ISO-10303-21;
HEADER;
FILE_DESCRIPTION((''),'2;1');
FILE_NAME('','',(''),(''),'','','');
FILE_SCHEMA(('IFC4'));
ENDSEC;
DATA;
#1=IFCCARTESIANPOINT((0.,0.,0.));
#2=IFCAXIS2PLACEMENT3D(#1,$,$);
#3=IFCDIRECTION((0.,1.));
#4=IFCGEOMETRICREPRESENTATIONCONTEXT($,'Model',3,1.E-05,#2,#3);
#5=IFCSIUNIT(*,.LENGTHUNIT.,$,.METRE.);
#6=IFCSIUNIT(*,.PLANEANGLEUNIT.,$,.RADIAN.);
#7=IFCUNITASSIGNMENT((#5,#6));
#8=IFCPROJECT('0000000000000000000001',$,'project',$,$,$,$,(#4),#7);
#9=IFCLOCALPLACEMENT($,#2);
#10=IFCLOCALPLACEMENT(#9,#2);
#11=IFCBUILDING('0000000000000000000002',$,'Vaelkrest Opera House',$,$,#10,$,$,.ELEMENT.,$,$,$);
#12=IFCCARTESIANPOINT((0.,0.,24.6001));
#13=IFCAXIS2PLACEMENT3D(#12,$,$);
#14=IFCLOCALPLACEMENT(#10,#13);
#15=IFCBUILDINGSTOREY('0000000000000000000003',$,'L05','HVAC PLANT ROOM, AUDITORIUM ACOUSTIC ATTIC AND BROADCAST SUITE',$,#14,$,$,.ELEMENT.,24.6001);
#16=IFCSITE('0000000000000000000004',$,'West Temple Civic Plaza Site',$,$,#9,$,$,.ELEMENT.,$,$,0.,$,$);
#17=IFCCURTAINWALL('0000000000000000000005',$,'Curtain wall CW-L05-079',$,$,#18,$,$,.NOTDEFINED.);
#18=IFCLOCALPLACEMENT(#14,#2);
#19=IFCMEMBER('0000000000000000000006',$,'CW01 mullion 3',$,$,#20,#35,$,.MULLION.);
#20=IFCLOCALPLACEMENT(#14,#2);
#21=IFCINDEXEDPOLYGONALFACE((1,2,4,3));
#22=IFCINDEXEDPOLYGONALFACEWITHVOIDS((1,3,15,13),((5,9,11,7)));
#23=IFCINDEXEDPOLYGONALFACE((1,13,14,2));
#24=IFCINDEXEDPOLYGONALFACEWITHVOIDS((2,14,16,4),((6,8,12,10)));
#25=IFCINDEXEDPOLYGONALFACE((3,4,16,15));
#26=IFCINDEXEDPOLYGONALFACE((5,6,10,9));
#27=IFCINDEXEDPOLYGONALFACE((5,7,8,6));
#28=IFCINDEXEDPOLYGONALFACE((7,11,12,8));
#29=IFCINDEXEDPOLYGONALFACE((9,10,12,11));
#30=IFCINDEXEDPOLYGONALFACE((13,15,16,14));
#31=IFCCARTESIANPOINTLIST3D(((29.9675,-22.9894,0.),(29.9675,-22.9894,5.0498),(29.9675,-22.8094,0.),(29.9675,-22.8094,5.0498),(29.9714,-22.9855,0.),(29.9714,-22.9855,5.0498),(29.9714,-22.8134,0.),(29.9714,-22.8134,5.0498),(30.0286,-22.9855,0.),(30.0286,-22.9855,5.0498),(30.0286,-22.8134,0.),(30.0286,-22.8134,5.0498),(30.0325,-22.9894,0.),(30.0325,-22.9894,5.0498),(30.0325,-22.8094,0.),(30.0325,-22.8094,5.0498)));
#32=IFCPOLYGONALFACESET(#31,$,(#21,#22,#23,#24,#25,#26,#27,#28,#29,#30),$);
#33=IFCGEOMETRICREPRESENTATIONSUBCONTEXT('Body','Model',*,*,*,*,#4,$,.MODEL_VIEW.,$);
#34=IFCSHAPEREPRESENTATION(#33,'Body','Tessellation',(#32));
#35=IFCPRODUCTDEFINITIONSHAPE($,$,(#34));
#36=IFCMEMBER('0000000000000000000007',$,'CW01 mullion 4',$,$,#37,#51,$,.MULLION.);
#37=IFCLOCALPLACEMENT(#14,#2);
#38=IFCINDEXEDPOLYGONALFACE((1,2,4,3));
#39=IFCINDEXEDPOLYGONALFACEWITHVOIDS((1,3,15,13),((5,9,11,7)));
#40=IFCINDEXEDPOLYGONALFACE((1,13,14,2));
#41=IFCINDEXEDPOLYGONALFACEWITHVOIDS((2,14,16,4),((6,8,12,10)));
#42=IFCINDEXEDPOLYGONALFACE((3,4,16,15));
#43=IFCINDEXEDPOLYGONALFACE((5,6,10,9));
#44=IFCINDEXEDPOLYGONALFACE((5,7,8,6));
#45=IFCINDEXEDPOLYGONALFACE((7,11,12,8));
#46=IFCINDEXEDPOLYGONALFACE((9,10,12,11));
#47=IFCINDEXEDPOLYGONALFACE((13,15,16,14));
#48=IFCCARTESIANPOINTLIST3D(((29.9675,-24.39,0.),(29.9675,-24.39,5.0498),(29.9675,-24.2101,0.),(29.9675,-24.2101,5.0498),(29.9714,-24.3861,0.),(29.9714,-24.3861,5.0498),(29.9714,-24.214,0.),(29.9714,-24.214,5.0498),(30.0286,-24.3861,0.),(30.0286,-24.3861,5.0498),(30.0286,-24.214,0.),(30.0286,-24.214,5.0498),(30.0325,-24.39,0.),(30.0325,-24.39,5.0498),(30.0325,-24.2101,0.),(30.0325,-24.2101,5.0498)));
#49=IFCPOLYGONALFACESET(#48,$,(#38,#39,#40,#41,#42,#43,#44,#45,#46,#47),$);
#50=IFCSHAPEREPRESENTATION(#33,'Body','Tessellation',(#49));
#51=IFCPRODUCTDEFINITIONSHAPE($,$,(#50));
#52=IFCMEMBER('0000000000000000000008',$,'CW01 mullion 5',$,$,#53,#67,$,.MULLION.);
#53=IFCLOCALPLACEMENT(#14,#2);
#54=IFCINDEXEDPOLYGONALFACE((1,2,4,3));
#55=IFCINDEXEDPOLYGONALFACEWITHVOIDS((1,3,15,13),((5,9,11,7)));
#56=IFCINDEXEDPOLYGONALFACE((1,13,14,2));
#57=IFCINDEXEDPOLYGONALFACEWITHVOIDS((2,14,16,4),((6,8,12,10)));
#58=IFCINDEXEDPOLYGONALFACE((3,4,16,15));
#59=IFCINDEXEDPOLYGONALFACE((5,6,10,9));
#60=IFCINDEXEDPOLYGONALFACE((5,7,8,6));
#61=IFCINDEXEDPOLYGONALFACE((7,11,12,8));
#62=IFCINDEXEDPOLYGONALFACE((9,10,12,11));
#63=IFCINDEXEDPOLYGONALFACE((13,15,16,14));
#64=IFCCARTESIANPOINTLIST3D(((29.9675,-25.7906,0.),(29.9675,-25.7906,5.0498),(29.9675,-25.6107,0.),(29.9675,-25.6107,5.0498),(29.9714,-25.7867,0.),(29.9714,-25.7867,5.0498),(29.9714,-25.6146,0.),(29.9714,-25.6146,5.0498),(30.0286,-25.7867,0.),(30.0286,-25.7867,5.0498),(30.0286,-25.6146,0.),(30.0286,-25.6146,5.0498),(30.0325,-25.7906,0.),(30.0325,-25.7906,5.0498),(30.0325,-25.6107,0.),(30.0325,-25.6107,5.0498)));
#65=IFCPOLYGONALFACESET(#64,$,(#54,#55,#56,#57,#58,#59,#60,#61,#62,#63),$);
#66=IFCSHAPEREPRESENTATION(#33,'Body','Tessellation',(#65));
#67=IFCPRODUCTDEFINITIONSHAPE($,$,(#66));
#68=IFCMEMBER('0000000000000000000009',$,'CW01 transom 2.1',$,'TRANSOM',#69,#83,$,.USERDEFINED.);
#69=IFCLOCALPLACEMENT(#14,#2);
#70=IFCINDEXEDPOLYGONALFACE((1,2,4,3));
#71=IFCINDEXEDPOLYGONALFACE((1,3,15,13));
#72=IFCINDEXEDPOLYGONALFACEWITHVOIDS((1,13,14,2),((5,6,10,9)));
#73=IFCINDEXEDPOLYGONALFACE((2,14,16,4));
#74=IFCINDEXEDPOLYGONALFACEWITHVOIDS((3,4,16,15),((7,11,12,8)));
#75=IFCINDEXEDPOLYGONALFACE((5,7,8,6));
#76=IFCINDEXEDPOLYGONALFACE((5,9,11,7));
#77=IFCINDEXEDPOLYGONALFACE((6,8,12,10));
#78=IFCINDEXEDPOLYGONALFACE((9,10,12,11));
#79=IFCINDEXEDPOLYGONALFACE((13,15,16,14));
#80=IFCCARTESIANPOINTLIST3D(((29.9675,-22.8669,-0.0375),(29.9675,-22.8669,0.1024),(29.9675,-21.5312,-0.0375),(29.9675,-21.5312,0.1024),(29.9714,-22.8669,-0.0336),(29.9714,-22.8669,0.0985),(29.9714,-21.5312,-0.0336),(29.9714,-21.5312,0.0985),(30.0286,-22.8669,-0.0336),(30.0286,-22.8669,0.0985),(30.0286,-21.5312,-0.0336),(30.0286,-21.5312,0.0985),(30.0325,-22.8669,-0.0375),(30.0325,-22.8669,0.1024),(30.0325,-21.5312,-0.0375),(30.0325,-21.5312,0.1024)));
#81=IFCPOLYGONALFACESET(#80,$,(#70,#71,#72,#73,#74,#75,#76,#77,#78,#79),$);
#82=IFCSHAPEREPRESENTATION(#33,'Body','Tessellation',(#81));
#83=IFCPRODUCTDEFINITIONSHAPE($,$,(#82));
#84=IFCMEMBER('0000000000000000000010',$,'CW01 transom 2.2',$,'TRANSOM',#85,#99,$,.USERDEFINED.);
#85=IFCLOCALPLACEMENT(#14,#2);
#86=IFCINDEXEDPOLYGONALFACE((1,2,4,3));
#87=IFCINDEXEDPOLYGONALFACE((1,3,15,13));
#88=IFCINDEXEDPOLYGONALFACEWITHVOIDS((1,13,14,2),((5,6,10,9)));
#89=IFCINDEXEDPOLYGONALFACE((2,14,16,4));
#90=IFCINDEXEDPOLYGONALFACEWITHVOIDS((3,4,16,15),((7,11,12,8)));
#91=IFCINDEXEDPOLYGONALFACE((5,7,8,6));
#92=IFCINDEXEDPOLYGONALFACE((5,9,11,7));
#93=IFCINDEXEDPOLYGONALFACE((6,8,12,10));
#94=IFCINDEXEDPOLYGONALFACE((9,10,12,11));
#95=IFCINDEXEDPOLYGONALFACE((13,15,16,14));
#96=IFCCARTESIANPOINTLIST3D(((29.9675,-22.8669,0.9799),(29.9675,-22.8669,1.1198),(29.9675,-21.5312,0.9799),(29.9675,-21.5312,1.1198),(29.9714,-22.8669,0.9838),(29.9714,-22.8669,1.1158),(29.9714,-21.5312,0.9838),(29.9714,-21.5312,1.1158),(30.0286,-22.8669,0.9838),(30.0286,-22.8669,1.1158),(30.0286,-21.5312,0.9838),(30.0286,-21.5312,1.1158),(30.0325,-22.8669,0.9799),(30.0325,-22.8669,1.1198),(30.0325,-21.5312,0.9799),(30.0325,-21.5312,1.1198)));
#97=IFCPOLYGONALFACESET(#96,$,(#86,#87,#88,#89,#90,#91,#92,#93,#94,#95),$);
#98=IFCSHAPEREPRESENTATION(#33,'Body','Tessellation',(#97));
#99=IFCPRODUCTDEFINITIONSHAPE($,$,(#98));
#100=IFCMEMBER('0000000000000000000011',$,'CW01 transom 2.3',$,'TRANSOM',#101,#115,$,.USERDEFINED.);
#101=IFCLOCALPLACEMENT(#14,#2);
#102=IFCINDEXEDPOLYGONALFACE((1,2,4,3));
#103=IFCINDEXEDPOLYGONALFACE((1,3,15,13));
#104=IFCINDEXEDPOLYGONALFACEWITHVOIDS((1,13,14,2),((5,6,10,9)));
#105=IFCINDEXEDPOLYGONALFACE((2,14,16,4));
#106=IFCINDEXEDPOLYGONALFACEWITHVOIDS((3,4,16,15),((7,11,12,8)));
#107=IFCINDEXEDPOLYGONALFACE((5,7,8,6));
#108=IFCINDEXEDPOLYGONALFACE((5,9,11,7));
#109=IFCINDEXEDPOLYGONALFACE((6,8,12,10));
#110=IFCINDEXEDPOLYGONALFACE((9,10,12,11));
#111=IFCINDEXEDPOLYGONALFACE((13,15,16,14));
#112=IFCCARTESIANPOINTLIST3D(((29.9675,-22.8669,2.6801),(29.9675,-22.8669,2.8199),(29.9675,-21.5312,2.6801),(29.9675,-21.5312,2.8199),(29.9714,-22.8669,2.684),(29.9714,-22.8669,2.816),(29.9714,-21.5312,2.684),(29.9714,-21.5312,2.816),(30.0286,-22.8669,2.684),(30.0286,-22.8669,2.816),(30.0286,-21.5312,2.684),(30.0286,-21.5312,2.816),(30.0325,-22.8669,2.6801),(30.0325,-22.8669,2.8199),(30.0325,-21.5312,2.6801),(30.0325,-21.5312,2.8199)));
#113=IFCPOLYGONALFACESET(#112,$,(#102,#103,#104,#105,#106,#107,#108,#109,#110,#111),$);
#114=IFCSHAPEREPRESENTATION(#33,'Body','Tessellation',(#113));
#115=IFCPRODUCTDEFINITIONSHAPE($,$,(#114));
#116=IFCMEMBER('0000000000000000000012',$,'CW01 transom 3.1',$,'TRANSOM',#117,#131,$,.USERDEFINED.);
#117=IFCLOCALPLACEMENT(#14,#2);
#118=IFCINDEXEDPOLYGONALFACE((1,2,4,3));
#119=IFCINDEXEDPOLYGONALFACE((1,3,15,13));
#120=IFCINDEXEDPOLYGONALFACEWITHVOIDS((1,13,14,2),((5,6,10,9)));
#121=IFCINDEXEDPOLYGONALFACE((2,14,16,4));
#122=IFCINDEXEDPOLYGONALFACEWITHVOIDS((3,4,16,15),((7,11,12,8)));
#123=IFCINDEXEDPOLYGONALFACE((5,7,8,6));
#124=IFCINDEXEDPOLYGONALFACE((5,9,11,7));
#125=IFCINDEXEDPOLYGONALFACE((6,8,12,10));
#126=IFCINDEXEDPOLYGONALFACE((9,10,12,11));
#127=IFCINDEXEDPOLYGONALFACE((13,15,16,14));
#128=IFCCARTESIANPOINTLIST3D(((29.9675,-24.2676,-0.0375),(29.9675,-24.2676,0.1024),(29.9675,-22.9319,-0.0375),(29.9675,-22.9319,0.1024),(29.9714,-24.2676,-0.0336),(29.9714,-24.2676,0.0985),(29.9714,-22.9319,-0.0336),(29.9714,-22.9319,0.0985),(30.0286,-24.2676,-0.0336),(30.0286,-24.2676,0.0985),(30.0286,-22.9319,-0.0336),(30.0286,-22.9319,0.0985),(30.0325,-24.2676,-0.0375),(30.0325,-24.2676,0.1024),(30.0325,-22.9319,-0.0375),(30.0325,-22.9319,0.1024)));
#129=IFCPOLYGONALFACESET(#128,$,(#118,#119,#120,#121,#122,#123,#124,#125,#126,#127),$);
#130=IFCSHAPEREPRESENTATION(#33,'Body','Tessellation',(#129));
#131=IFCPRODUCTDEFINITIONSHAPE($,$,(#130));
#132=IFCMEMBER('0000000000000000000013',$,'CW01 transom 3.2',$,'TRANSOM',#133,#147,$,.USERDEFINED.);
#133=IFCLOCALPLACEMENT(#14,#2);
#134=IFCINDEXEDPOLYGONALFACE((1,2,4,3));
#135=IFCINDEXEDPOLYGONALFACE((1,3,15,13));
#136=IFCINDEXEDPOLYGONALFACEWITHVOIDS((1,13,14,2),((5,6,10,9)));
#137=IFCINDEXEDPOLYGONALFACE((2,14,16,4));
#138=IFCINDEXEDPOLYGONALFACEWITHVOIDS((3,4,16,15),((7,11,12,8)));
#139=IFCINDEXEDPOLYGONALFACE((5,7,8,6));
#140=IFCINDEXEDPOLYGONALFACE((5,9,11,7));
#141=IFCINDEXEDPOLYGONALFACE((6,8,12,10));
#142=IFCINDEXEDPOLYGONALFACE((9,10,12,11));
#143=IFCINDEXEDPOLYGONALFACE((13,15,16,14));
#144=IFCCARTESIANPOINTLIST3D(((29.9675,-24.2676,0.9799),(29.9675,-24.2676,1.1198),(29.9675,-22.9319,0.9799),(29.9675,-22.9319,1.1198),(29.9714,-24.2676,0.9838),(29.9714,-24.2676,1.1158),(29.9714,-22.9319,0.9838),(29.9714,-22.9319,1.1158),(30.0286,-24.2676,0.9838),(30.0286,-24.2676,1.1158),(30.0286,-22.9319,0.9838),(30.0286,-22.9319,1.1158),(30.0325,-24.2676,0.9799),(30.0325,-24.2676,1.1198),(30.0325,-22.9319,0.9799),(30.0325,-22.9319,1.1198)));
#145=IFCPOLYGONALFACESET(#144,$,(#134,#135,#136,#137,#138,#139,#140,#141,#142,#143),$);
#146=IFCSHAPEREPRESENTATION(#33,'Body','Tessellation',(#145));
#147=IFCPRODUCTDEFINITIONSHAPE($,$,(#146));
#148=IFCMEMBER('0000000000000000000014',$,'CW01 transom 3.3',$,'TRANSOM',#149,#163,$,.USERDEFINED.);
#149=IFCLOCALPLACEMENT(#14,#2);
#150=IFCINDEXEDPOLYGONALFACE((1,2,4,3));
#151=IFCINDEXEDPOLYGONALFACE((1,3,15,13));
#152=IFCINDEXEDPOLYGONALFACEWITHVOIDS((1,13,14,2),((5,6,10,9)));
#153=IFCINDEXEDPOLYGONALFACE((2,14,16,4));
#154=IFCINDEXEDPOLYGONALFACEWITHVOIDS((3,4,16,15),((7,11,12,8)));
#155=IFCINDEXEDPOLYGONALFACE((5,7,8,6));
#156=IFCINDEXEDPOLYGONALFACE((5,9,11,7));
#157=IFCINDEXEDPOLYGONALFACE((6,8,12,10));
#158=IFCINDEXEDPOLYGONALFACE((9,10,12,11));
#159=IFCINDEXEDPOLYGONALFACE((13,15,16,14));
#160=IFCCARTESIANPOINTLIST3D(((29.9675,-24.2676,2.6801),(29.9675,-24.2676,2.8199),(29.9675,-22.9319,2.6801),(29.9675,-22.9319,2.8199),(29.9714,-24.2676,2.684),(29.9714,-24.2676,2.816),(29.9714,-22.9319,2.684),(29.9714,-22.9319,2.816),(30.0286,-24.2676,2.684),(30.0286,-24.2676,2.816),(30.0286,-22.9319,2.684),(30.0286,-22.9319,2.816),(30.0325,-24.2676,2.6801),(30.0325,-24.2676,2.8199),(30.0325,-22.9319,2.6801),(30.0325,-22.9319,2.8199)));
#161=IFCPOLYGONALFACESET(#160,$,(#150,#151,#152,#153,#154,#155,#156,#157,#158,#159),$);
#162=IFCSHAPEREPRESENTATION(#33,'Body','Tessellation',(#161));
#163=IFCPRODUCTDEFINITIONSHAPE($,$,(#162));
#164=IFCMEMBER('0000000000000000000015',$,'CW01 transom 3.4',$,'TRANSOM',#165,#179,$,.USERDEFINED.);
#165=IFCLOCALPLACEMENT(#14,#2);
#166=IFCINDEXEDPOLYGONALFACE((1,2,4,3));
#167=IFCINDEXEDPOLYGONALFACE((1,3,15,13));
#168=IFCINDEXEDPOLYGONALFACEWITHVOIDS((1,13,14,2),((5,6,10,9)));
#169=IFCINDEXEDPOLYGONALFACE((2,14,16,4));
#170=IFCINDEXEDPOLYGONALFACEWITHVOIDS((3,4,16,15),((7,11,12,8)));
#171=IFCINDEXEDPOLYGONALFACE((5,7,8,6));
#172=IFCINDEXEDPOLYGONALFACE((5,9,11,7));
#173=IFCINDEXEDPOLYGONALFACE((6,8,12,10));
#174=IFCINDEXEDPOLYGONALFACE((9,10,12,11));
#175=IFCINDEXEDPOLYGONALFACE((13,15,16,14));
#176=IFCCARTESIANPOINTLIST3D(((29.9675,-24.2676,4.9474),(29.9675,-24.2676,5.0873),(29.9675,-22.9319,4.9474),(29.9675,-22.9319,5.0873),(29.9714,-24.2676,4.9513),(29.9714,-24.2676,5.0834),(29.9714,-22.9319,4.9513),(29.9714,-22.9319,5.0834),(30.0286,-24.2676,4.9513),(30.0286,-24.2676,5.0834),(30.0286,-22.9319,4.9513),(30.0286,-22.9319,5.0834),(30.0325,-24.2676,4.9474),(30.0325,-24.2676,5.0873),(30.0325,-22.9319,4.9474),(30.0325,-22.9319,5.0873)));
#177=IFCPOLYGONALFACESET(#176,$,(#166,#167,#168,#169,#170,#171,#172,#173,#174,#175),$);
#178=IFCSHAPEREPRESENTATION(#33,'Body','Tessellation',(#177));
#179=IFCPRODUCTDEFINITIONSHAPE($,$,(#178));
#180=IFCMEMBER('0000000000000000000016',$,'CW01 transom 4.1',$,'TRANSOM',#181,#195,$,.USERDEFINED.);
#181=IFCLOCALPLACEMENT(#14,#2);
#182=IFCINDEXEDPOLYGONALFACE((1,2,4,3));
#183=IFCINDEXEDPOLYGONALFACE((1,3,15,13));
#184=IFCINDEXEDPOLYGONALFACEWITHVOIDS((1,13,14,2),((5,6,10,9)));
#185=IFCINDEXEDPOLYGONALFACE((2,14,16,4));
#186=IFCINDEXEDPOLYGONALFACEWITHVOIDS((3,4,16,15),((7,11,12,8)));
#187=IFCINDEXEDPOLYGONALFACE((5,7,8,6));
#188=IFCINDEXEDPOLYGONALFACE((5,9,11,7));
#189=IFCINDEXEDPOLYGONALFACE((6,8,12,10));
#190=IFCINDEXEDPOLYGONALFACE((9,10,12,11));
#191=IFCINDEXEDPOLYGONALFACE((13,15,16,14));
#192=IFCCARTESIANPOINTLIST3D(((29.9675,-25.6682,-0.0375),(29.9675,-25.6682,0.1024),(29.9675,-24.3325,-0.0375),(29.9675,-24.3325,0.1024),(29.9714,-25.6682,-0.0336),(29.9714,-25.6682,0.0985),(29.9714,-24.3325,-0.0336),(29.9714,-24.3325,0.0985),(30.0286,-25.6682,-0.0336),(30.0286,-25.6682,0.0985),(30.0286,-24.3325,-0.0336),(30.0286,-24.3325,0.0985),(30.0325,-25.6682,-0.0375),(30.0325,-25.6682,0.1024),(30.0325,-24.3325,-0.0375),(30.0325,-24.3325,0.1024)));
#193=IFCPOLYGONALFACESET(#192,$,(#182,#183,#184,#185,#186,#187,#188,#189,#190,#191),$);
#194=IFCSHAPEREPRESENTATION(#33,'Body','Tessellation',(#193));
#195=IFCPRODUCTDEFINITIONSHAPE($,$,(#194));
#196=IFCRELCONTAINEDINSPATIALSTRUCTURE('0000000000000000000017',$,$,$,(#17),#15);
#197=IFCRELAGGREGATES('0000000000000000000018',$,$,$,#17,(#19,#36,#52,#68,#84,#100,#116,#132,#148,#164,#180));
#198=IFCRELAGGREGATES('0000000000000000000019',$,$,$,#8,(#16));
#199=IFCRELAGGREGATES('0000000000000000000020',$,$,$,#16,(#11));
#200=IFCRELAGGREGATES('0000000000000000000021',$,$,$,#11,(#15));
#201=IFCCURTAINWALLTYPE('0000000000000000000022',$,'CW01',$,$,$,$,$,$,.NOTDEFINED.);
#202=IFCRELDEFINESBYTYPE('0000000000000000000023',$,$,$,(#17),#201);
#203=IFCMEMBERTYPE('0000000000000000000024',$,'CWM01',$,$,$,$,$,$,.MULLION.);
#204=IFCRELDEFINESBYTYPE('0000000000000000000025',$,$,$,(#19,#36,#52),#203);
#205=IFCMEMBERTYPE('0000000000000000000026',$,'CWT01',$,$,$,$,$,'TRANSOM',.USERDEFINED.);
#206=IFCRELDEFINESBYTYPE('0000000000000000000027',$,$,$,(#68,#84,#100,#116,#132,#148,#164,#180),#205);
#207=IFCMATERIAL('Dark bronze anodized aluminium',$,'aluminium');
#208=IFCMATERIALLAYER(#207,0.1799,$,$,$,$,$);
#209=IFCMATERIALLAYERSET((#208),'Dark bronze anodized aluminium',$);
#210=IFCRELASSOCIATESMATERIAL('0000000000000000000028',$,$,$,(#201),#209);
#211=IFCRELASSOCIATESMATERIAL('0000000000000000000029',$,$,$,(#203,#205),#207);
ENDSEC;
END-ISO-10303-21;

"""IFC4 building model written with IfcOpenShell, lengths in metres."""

from ifc_helpers import new_model, si_unit, direction, frame, origin, origin_2d, place, context, subcontext, project, spatial, hollow_rectangle, extrude, material, layer, layer_set, material_profile, profile_set, type_object, element, aggregate, save


model = new_model("IFC4")

# Units and contexts
model_context = context("Model", 3, precision=1e-05, world=origin(), true_north=direction((0.0, 1.0)))
body_context = subcontext(model_context, "Body", "Model", "MODEL_VIEW")
ifc_project = project(units=[si_unit("LENGTHUNIT", "METRE"), si_unit("PLANEANGLEUNIT", "RADIAN")], contexts=[model_context])

# Site, building, storey
site_placement = place(None, origin())
site = spatial("IfcSite", under=ifc_project, at=site_placement, Name="West Temple Civic Plaza Site", CompositionType="ELEMENT", RefElevation=0.0)
building_placement = place(site_placement, origin())
building = spatial("IfcBuilding", under=site, at=building_placement, Name="Vaelkrest Opera House", CompositionType="ELEMENT")
storey_placement = place(building_placement, frame((0.0, 0.0, 24.6001)))
storey = spatial("IfcBuildingStorey", under=building, at=storey_placement, Name="L05", Description="HVAC PLANT ROOM, AUDITORIUM ACOUSTIC ATTIC AND BROADCAST SUITE", CompositionType="ELEMENT", Elevation=24.6001)

# Curtain wall, members
ifc_material_1 = material(Name="Dark bronze anodized aluminium", Category="aluminium")
ifc_layer_1 = layer(ifc_material_1, 0.1799)
ifc_layer_set_1 = layer_set([ifc_layer_1], Name="Dark bronze anodized aluminium")
curtain_wall_type = type_object("IfcCurtainWallType", Name="CW01", PredefinedType="NOTDEFINED", material=ifc_layer_set_1)
curtain_wall_placement = place(storey_placement, origin())
curtain_wall = element("IfcCurtainWall", 1, at=curtain_wall_placement, inside=storey, type_object=curtain_wall_type, Name="Curtain wall CW-L05-079", PredefinedType="NOTDEFINED")
ifc_material_profile_1 = material_profile(ifc_material_1, hollow_rectangle(XDim=0.0649, YDim=0.1799, WallThickness=0.0039, at=origin_2d()), Name="CWM65X180")
ifc_profile_set_1 = profile_set([ifc_material_profile_1], Name="Dark bronze anodized aluminium")
member_type_1 = type_object("IfcMemberType", Name="CWM01", PredefinedType="MULLION", material=ifc_profile_set_1)
member_1_placement = place(storey_placement, frame((30.0, -22.8994, 0.0), z_axis=(0.0, 0.0, 1.0), x_axis=(1.0, 0.0, 0.0)))
member_1 = element("IfcMember", 2, at=member_1_placement, type_object=member_type_1, Name="CW01 mullion 3", PredefinedType="MULLION", context=body_context, shape_type="SweptSolid", body=[
    extrude(hollow_rectangle(XDim=0.0649, YDim=0.1799, WallThickness=0.0039, at=origin_2d()), origin(), (0.0, 0.0, 1.0), 5.0498),
])
member_2_placement = place(storey_placement, frame((30.0, -24.3, 0.0), z_axis=(0.0, 0.0, 1.0), x_axis=(1.0, 0.0, 0.0)))
member_2 = element("IfcMember", 3, at=member_2_placement, type_object=member_type_1, Name="CW01 mullion 4", PredefinedType="MULLION", context=body_context, shape_type="SweptSolid", body=[
    extrude(hollow_rectangle(XDim=0.0649, YDim=0.1799, WallThickness=0.0039, at=origin_2d()), origin(), (0.0, 0.0, 1.0), 5.0498),
])
member_3_placement = place(storey_placement, frame((30.0, -25.7007, 0.0), z_axis=(0.0, 0.0, 1.0), x_axis=(1.0, 0.0, 0.0)))
member_3 = element("IfcMember", 4, at=member_3_placement, type_object=member_type_1, Name="CW01 mullion 5", PredefinedType="MULLION", context=body_context, shape_type="SweptSolid", body=[
    extrude(hollow_rectangle(XDim=0.0649, YDim=0.1799, WallThickness=0.0039, at=origin_2d()), origin(), (0.0, 0.0, 1.0), 5.0498),
])
ifc_material_profile_2 = material_profile(ifc_material_1, hollow_rectangle(XDim=0.0649, YDim=0.1399, WallThickness=0.0039, at=origin_2d()), Name="CWT65X140")
ifc_profile_set_2 = profile_set([ifc_material_profile_2], Name="Dark bronze anodized aluminium")
member_type_2 = type_object("IfcMemberType", Name="CWT01", ElementType="TRANSOM", PredefinedType="USERDEFINED", material=ifc_profile_set_2)
member_4_placement = place(storey_placement, frame((30.0, -21.5312, 0.0325), z_axis=(0.0, -1.0, 0.0), x_axis=(1.0, 0.0, 0.0)))
member_4 = element("IfcMember", 5, at=member_4_placement, type_object=member_type_2, Name="CW01 transom 2.1", ObjectType="TRANSOM", PredefinedType="USERDEFINED", context=body_context, shape_type="SweptSolid", body=[
    extrude(hollow_rectangle(XDim=0.0649, YDim=0.1399, WallThickness=0.0039, at=origin_2d()), origin(), (0.0, 0.0, 1.0), 1.3357),
])
member_5_placement = place(storey_placement, frame((30.0, -21.5312, 1.0498), z_axis=(0.0, -1.0, 0.0), x_axis=(1.0, 0.0, 0.0)))
member_5 = element("IfcMember", 6, at=member_5_placement, type_object=member_type_2, Name="CW01 transom 2.2", ObjectType="TRANSOM", PredefinedType="USERDEFINED", context=body_context, shape_type="SweptSolid", body=[
    extrude(hollow_rectangle(XDim=0.0649, YDim=0.1399, WallThickness=0.0039, at=origin_2d()), origin(), (0.0, 0.0, 1.0), 1.3357),
])
member_6_placement = place(storey_placement, frame((30.0, -21.5312, 2.75), z_axis=(0.0, -1.0, 0.0), x_axis=(1.0, 0.0, 0.0)))
member_6 = element("IfcMember", 7, at=member_6_placement, type_object=member_type_2, Name="CW01 transom 2.3", ObjectType="TRANSOM", PredefinedType="USERDEFINED", context=body_context, shape_type="SweptSolid", body=[
    extrude(hollow_rectangle(XDim=0.0649, YDim=0.1399, WallThickness=0.0039, at=origin_2d()), origin(), (0.0, 0.0, 1.0), 1.3357),
])
member_7_placement = place(storey_placement, frame((30.0, -22.9319, 0.0325), z_axis=(0.0, -1.0, 0.0), x_axis=(1.0, 0.0, 0.0)))
member_7 = element("IfcMember", 8, at=member_7_placement, type_object=member_type_2, Name="CW01 transom 3.1", ObjectType="TRANSOM", PredefinedType="USERDEFINED", context=body_context, shape_type="SweptSolid", body=[
    extrude(hollow_rectangle(XDim=0.0649, YDim=0.1399, WallThickness=0.0039, at=origin_2d()), origin(), (0.0, 0.0, 1.0), 1.3357),
])
member_8_placement = place(storey_placement, frame((30.0, -22.9319, 1.0498), z_axis=(0.0, -1.0, 0.0), x_axis=(1.0, 0.0, 0.0)))
member_8 = element("IfcMember", 9, at=member_8_placement, type_object=member_type_2, Name="CW01 transom 3.2", ObjectType="TRANSOM", PredefinedType="USERDEFINED", context=body_context, shape_type="SweptSolid", body=[
    extrude(hollow_rectangle(XDim=0.0649, YDim=0.1399, WallThickness=0.0039, at=origin_2d()), origin(), (0.0, 0.0, 1.0), 1.3357),
])
member_9_placement = place(storey_placement, frame((30.0, -22.9319, 2.75), z_axis=(0.0, -1.0, 0.0), x_axis=(1.0, 0.0, 0.0)))
member_9 = element("IfcMember", 10, at=member_9_placement, type_object=member_type_2, Name="CW01 transom 3.3", ObjectType="TRANSOM", PredefinedType="USERDEFINED", context=body_context, shape_type="SweptSolid", body=[
    extrude(hollow_rectangle(XDim=0.0649, YDim=0.1399, WallThickness=0.0039, at=origin_2d()), origin(), (0.0, 0.0, 1.0), 1.3357),
])
member_10_placement = place(storey_placement, frame((30.0, -22.9319, 5.0173), z_axis=(0.0, -1.0, 0.0), x_axis=(1.0, 0.0, 0.0)))
member_10 = element("IfcMember", 11, at=member_10_placement, type_object=member_type_2, Name="CW01 transom 3.4", ObjectType="TRANSOM", PredefinedType="USERDEFINED", context=body_context, shape_type="SweptSolid", body=[
    extrude(hollow_rectangle(XDim=0.0649, YDim=0.1399, WallThickness=0.0039, at=origin_2d()), origin(), (0.0, 0.0, 1.0), 1.3357),
])
member_11_placement = place(storey_placement, frame((30.0, -24.3325, 0.0325), z_axis=(0.0, -1.0, 0.0), x_axis=(1.0, 0.0, 0.0)))
member_11 = element("IfcMember", 12, at=member_11_placement, type_object=member_type_2, Name="CW01 transom 4.1", ObjectType="TRANSOM", PredefinedType="USERDEFINED", context=body_context, shape_type="SweptSolid", body=[
    extrude(hollow_rectangle(XDim=0.0649, YDim=0.1399, WallThickness=0.0039, at=origin_2d()), origin(), (0.0, 0.0, 1.0), 1.3357),
])
aggregate(curtain_wall, [member_1, member_2, member_3, member_4, member_5, member_6, member_7, member_8, member_9, member_10, member_11])

save(model, "model.ifc")
